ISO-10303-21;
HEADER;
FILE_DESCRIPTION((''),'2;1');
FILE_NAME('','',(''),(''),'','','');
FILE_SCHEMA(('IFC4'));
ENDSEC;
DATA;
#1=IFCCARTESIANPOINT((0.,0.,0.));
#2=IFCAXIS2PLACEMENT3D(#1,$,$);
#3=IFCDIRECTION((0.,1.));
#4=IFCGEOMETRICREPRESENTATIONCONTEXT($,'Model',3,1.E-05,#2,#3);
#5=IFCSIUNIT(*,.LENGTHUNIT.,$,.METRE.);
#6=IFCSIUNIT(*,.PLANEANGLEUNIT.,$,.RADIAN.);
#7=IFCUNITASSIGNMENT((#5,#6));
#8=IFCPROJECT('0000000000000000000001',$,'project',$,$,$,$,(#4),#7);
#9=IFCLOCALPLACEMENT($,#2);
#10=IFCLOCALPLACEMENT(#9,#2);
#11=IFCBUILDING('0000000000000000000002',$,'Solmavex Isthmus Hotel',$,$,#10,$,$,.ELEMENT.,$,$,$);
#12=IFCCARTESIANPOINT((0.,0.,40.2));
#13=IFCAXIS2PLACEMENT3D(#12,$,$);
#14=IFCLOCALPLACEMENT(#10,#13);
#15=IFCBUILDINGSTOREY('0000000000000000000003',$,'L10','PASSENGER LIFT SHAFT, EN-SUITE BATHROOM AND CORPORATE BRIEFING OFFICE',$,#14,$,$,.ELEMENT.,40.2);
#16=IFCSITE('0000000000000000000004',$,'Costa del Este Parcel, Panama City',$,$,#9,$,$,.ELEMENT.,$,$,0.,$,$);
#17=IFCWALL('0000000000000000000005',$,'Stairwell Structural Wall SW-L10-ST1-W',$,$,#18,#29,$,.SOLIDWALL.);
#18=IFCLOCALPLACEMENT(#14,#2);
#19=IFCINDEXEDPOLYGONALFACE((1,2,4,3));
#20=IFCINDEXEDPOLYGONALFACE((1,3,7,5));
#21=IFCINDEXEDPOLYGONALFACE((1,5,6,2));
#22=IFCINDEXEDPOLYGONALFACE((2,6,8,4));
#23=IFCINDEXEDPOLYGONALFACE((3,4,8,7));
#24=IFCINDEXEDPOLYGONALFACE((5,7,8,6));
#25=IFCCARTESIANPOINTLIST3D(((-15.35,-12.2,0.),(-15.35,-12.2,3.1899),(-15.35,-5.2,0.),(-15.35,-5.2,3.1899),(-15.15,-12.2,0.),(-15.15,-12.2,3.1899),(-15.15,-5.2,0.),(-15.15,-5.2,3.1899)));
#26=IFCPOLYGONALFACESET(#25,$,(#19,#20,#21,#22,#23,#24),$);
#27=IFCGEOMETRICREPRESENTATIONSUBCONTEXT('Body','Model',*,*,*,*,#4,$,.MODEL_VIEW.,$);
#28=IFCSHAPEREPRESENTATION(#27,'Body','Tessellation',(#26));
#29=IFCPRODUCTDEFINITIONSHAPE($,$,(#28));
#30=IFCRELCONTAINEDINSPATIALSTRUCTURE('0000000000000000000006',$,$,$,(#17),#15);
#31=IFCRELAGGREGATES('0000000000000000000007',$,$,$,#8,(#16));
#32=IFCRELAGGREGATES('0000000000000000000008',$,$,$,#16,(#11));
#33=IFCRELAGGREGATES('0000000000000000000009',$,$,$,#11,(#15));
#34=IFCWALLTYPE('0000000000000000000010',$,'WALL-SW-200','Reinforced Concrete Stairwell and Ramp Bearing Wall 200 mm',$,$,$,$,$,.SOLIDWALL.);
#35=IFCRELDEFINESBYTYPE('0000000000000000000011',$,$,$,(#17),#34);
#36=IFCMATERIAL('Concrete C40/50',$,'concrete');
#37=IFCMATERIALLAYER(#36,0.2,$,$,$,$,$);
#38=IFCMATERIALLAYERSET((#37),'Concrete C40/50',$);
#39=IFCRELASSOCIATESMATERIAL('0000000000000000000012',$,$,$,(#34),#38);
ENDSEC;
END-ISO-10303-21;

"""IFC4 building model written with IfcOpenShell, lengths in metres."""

from ifc_helpers import new_model, si_unit, direction, frame, frame_2d, origin, place, context, subcontext, project, spatial, rectangle, extrude, material, layer, layer_set, type_object, element, save


model = new_model("IFC4")

# Units and contexts
model_context = context("Model", 3, precision=1e-05, world=origin(), true_north=direction((0.0, 1.0)))
body_context = subcontext(model_context, "Body", "Model", "MODEL_VIEW")
ifc_project = project(units=[si_unit("LENGTHUNIT", "METRE"), si_unit("PLANEANGLEUNIT", "RADIAN")], contexts=[model_context])

# Site, building, storey
site_placement = place(None, origin())
site = spatial("IfcSite", under=ifc_project, at=site_placement, Name="Costa del Este Parcel, Panama City", CompositionType="ELEMENT", RefElevation=0.0)
building_placement = place(site_placement, origin())
building = spatial("IfcBuilding", under=site, at=building_placement, Name="Solmavex Isthmus Hotel", CompositionType="ELEMENT")
storey_placement = place(building_placement, frame((0.0, 0.0, 40.2)))
storey = spatial("IfcBuildingStorey", under=building, at=storey_placement, Name="L10", Description="PASSENGER LIFT SHAFT, EN-SUITE BATHROOM AND CORPORATE BRIEFING OFFICE", CompositionType="ELEMENT", Elevation=40.2)

# Wall
ifc_material_1 = material(Name="Concrete C40/50", Category="concrete")
ifc_layer_1 = layer(ifc_material_1, 0.2)
ifc_layer_set_1 = layer_set([ifc_layer_1], Name="Concrete C40/50")
wall_type_1 = type_object("IfcWallType", Name="WALL-SW-200", Description="Reinforced Concrete Stairwell and Ramp Bearing Wall 200 mm", PredefinedType="SOLIDWALL", material=ifc_layer_set_1)
wall_1_placement = place(storey_placement, frame((-15.25, -12.2, 0.0), z_axis=(0.0, 0.0, 1.0), x_axis=(0.0, 1.0, 0.0)))
element("IfcWall", 1, at=wall_1_placement, inside=storey, type_object=wall_type_1, Name="Stairwell Structural Wall SW-L10-ST1-W", PredefinedType="SOLIDWALL", context=body_context, shape_type="SweptSolid", body=[
    extrude(rectangle(XDim=7.0, YDim=0.2, at=frame_2d((3.5, 0.0))), origin(), (0.0, 0.0, 1.0), 3.1899),
])

save(model, "model.ifc")
